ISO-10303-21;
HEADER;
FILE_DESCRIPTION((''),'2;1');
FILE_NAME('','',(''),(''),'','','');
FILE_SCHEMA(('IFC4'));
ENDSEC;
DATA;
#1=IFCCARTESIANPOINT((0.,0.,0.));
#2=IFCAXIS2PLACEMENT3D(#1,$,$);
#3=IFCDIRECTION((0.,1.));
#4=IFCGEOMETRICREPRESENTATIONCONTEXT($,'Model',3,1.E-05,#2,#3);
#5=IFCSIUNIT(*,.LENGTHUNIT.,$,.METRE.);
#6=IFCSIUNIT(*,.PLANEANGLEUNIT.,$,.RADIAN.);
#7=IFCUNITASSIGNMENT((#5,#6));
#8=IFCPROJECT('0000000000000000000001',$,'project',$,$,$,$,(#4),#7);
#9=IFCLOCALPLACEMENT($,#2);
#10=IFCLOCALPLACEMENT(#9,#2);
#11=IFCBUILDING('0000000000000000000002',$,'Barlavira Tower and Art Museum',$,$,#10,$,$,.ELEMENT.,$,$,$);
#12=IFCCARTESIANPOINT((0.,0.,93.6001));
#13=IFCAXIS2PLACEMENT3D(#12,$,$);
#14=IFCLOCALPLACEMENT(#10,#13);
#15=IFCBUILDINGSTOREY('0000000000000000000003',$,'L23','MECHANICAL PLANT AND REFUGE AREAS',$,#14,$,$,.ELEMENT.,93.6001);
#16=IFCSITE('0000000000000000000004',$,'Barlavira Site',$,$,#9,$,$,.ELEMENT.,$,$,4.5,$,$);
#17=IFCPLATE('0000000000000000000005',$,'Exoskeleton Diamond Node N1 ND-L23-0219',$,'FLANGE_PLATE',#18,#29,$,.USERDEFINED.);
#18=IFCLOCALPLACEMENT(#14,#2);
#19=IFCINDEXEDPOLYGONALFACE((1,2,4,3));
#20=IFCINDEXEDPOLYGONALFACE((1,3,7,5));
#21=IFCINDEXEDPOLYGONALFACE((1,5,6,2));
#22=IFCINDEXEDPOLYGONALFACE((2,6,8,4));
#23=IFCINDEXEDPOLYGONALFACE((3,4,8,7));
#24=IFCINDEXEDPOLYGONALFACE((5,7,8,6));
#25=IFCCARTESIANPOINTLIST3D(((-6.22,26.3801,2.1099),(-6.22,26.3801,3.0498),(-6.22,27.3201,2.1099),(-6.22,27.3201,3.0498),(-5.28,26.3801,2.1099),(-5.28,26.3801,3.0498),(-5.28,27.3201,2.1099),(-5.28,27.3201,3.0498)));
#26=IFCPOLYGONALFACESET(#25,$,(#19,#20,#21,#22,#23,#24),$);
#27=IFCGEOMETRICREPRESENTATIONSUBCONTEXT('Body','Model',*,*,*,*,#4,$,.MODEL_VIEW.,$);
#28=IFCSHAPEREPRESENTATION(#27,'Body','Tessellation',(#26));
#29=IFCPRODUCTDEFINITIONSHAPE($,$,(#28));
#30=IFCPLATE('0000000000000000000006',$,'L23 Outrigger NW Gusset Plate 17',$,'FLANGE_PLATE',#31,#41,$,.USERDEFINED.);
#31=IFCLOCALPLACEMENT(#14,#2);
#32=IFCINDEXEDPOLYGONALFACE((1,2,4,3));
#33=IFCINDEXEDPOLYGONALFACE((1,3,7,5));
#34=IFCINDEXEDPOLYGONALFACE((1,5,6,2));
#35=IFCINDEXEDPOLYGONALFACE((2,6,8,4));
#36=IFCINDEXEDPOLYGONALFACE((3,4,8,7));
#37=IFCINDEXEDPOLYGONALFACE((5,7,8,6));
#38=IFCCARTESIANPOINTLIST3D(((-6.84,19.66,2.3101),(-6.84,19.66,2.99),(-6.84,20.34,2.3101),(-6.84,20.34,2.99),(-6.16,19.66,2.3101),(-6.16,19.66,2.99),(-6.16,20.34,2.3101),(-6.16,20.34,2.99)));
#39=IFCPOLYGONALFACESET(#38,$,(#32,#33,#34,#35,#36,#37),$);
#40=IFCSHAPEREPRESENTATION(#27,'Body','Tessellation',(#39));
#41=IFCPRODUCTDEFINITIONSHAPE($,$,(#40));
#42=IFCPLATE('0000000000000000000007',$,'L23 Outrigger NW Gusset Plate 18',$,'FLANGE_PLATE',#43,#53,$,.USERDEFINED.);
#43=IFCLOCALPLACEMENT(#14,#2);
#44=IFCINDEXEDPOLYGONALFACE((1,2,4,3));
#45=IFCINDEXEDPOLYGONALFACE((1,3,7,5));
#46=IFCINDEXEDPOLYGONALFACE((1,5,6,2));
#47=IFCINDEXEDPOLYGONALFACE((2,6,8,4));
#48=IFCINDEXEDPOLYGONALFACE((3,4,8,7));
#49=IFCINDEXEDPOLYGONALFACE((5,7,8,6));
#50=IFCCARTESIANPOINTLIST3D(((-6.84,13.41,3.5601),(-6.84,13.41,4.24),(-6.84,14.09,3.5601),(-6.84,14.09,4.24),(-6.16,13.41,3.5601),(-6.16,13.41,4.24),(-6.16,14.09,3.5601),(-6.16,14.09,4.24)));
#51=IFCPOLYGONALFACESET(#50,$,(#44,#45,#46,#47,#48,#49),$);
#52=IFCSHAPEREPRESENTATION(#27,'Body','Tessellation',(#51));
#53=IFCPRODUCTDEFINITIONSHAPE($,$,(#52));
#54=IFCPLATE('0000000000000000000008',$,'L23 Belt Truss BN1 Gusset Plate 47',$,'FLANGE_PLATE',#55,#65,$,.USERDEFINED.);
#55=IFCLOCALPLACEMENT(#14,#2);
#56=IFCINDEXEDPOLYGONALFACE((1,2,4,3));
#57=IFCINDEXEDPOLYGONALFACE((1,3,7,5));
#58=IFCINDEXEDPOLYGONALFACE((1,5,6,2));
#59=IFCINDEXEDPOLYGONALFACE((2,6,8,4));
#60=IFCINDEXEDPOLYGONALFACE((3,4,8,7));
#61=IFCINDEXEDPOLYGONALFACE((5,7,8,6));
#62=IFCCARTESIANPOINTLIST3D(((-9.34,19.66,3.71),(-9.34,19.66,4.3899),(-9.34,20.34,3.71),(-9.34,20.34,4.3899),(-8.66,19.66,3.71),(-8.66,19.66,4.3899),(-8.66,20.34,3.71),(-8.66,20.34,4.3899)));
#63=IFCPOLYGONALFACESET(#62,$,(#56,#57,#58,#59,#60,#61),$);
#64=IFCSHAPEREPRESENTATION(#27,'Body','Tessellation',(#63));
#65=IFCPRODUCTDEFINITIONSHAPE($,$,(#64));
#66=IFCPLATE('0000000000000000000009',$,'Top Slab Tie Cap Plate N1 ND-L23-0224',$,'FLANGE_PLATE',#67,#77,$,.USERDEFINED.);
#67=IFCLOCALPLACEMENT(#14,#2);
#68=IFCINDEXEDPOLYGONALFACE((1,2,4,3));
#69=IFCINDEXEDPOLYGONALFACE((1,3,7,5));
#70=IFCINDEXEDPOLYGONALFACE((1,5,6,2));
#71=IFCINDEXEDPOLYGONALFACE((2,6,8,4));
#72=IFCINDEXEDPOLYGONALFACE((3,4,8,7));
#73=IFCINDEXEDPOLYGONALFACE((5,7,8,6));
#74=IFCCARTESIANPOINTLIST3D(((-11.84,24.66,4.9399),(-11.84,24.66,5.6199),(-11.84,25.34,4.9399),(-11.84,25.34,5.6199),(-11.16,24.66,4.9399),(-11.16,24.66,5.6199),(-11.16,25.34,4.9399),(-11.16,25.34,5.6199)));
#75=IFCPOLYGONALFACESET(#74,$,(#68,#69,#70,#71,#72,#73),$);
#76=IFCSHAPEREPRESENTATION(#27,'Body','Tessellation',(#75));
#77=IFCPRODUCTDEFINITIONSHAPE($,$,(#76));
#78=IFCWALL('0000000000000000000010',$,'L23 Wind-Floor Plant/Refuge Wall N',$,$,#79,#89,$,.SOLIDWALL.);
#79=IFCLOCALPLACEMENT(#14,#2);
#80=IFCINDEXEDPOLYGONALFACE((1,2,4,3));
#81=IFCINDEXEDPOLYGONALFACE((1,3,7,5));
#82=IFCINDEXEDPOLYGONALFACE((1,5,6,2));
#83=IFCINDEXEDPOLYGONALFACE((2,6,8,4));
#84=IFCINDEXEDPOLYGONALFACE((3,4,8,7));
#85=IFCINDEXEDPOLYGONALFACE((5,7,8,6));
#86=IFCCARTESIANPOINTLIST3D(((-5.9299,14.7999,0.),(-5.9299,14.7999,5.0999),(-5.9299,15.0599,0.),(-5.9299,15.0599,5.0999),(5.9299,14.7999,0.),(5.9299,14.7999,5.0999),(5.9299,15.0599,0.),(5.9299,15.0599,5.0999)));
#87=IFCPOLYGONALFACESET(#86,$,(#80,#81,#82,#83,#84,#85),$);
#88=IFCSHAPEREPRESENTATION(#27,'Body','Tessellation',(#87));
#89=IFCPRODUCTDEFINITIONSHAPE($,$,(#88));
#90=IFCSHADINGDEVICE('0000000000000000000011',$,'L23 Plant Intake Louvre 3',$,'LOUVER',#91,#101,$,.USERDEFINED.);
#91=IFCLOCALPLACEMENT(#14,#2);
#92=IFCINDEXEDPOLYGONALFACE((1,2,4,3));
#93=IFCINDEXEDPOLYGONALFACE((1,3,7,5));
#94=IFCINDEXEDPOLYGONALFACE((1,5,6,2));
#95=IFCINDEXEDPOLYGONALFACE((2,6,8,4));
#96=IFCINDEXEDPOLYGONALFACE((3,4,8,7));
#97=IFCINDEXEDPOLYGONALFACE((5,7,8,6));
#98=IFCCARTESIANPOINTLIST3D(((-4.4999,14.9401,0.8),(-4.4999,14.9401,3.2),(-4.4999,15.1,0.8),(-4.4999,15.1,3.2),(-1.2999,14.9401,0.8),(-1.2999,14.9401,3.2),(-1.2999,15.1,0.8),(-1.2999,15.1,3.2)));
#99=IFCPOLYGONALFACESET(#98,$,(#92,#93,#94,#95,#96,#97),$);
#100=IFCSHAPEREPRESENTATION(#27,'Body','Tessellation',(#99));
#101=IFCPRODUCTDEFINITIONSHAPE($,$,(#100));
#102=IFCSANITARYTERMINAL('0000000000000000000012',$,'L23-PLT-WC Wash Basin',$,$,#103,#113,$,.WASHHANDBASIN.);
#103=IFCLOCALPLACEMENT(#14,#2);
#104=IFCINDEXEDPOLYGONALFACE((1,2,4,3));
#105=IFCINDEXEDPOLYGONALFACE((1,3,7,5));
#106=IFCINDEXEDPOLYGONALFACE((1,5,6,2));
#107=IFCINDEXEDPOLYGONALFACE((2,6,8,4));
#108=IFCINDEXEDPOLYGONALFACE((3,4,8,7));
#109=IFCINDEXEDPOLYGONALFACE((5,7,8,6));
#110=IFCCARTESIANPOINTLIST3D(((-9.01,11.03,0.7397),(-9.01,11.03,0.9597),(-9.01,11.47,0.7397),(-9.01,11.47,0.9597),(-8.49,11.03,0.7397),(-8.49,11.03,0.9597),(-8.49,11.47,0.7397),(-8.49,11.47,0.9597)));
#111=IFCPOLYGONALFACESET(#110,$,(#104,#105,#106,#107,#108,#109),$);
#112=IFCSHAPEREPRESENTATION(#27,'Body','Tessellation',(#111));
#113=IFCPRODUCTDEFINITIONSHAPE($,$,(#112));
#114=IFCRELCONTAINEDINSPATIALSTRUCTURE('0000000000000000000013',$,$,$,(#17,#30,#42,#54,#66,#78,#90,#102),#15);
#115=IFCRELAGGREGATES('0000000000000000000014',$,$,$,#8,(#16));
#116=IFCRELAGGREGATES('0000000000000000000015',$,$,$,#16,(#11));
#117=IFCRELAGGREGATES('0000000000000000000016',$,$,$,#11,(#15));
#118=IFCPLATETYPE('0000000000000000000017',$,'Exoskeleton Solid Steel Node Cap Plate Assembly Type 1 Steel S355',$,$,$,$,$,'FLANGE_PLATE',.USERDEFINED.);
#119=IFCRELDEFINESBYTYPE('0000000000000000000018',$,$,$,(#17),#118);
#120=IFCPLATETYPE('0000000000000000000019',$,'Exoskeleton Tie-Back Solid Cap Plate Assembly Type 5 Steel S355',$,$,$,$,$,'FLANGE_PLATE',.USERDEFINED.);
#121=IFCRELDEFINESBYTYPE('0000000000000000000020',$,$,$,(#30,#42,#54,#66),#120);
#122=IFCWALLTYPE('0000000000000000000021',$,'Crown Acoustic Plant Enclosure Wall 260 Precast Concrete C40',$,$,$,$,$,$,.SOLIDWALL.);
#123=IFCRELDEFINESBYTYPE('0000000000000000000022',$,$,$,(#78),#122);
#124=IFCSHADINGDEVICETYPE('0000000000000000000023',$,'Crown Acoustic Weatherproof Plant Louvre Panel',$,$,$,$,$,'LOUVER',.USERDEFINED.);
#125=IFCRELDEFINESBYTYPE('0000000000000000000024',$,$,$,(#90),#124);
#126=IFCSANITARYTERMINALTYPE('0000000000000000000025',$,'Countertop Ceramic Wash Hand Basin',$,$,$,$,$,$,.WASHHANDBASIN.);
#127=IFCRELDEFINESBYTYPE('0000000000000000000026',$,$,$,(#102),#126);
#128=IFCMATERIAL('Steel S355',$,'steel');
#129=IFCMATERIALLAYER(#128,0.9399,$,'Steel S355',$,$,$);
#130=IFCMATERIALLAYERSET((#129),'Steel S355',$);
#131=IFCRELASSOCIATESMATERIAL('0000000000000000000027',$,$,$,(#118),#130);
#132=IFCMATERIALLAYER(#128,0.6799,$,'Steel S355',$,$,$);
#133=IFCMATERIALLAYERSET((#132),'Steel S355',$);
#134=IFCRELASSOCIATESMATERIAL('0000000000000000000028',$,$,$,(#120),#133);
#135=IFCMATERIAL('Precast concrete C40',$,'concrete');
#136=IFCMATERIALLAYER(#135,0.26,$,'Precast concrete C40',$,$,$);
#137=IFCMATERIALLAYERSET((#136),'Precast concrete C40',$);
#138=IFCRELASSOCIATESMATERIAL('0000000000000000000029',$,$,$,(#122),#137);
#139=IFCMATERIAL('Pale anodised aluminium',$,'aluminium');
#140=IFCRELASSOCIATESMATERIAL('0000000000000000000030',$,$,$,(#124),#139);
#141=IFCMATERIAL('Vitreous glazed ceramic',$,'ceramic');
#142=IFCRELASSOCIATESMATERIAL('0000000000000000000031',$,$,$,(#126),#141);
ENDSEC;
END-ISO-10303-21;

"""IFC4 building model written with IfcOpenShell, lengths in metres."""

from ifc_helpers import new_model, si_unit, direction, frame, frame_2d, origin, origin_2d, place, context, subcontext, project, spatial, rectangle, extrude, material, layer, layer_set, type_object, element, save


model = new_model("IFC4")

# Units and contexts
model_context = context("Model", 3, precision=1e-05, world=origin(), true_north=direction((0.0, 1.0)))
body_context = subcontext(model_context, "Body", "Model", "MODEL_VIEW")
ifc_project = project(units=[si_unit("LENGTHUNIT", "METRE"), si_unit("PLANEANGLEUNIT", "RADIAN")], contexts=[model_context])

# Site, building, storey
site_placement = place(None, origin())
site = spatial("IfcSite", under=ifc_project, at=site_placement, Name="Barlavira Site", CompositionType="ELEMENT", RefElevation=4.5)
building_placement = place(site_placement, origin())
building = spatial("IfcBuilding", under=site, at=building_placement, Name="Barlavira Tower and Art Museum", CompositionType="ELEMENT")
storey_placement = place(building_placement, frame((0.0, 0.0, 93.6001)))
storey = spatial("IfcBuildingStorey", under=building, at=storey_placement, Name="L23", Description="MECHANICAL PLANT AND REFUGE AREAS", CompositionType="ELEMENT", Elevation=93.6001)

# Shared definitions
ifc_material_1 = material(Name="Steel S355", Category="steel")

# Plates
ifc_layer_1 = layer(ifc_material_1, 0.9399, Name="Steel S355")
ifc_layer_set_1 = layer_set([ifc_layer_1], Name="Steel S355")
plate_type_1 = type_object("IfcPlateType", Name="Exoskeleton Solid Steel Node Cap Plate Assembly Type 1 Steel S355", ElementType="FLANGE_PLATE", PredefinedType="USERDEFINED", material=ifc_layer_set_1)
for number, where, z_axis, x_axis, name in (
    (1, (-5.75, 26.8501, 2.1099), (0.0, 0.0, 1.0), (1.0, 0.0, 0.0), "Exoskeleton Diamond Node N1 ND-L23-0219"),
):
    element("IfcPlate", number, at=place(storey_placement, frame(where, z_axis=z_axis, x_axis=x_axis)), inside=storey, type_object=plate_type_1, Name=name, ObjectType="FLANGE_PLATE", PredefinedType="USERDEFINED", context=body_context, shape_type="SweptSolid", body=[
        extrude(rectangle(XDim=0.9399, YDim=0.9399, at=origin_2d()), origin(), (0.0, 0.0, 1.0), 0.9399),
    ])
ifc_layer_2 = layer(ifc_material_1, 0.6799, Name="Steel S355")
ifc_layer_set_2 = layer_set([ifc_layer_2], Name="Steel S355")
plate_type_2 = type_object("IfcPlateType", Name="Exoskeleton Tie-Back Solid Cap Plate Assembly Type 5 Steel S355", ElementType="FLANGE_PLATE", PredefinedType="USERDEFINED", material=ifc_layer_set_2)
for number, where, z_axis, x_axis, name in (
    (2, (-6.5, 20.0, 2.3101), (0.0, 0.0, 1.0), (1.0, 0.0, 0.0), "L23 Outrigger NW Gusset Plate 17"),
    (3, (-6.5, 13.75, 3.5601), (0.0, 0.0, 1.0), (1.0, 0.0, 0.0), "L23 Outrigger NW Gusset Plate 18"),
    (4, (-9.0, 20.0, 3.71), (0.0, 0.0, 1.0), (1.0, 0.0, 0.0), "L23 Belt Truss BN1 Gusset Plate 47"),
    (5, (-11.5, 25.0, 4.9399), (0.0, 0.0, 1.0), (1.0, 0.0, 0.0), "Top Slab Tie Cap Plate N1 ND-L23-0224"),
):
    element("IfcPlate", number, at=place(storey_placement, frame(where, z_axis=z_axis, x_axis=x_axis)), inside=storey, type_object=plate_type_2, Name=name, ObjectType="FLANGE_PLATE", PredefinedType="USERDEFINED", context=body_context, shape_type="SweptSolid", body=[
        extrude(rectangle(XDim=0.6799, YDim=0.6799, at=origin_2d()), origin(), (0.0, 0.0, 1.0), 0.6799),
    ])

# Wall
ifc_material_2 = material(Name="Precast concrete C40", Category="concrete")
ifc_layer_3 = layer(ifc_material_2, 0.26, Name="Precast concrete C40")
ifc_layer_set_3 = layer_set([ifc_layer_3], Name="Precast concrete C40")
wall_type = type_object("IfcWallType", Name="Crown Acoustic Plant Enclosure Wall 260 Precast Concrete C40", PredefinedType="SOLIDWALL", material=ifc_layer_set_3)
wall_placement = place(storey_placement, frame((-5.9299, 14.9299, 0.0), z_axis=(0.0, 0.0, 1.0), x_axis=(1.0, 0.0, 0.0)))
element("IfcWall", 6, at=wall_placement, inside=storey, type_object=wall_type, Name="L23 Wind-Floor Plant/Refuge Wall N", PredefinedType="SOLIDWALL", context=body_context, shape_type="SweptSolid", body=[
    extrude(rectangle(XDim=11.8599, YDim=0.26, at=frame_2d((5.9299, 0.0))), origin(), (0.0, 0.0, 1.0), 5.0999),
])

# Shading device
ifc_material_3 = material(Name="Pale anodised aluminium", Category="aluminium")
shading_device_type = type_object("IfcShadingDeviceType", Name="Crown Acoustic Weatherproof Plant Louvre Panel", ElementType="LOUVER", PredefinedType="USERDEFINED", material=ifc_material_3)
shading_device_placement = place(storey_placement, frame((-2.8999, 15.02, 0.8), z_axis=(0.0, 0.0, 1.0), x_axis=(1.0, 0.0, 0.0)))
element("IfcShadingDevice", 7, at=shading_device_placement, inside=storey, type_object=shading_device_type, Name="L23 Plant Intake Louvre 3", ObjectType="LOUVER", PredefinedType="USERDEFINED", context=body_context, shape_type="SweptSolid", body=[
    extrude(rectangle(XDim=3.2, YDim=0.1599, at=origin_2d()), origin(), (0.0, 0.0, 1.0), 2.3999),
])

# Sanitary terminal
ifc_material_4 = material(Name="Vitreous glazed ceramic", Category="ceramic")
sanitary_terminal_type = type_object("IfcSanitaryTerminalType", Name="Countertop Ceramic Wash Hand Basin", PredefinedType="WASHHANDBASIN", material=ifc_material_4)
sanitary_terminal_placement = place(storey_placement, frame((-8.75, 11.25, 0.7397), z_axis=(0.0, 0.0, 1.0), x_axis=(1.0, 0.0, 0.0)))
element("IfcSanitaryTerminal", 8, at=sanitary_terminal_placement, inside=storey, type_object=sanitary_terminal_type, Name="L23-PLT-WC Wash Basin", PredefinedType="WASHHANDBASIN", context=body_context, shape_type="SweptSolid", body=[
    extrude(rectangle(XDim=0.52, YDim=0.4399, at=origin_2d()), origin(), (0.0, 0.0, 1.0), 0.22),
])

save(model, "model.ifc")
